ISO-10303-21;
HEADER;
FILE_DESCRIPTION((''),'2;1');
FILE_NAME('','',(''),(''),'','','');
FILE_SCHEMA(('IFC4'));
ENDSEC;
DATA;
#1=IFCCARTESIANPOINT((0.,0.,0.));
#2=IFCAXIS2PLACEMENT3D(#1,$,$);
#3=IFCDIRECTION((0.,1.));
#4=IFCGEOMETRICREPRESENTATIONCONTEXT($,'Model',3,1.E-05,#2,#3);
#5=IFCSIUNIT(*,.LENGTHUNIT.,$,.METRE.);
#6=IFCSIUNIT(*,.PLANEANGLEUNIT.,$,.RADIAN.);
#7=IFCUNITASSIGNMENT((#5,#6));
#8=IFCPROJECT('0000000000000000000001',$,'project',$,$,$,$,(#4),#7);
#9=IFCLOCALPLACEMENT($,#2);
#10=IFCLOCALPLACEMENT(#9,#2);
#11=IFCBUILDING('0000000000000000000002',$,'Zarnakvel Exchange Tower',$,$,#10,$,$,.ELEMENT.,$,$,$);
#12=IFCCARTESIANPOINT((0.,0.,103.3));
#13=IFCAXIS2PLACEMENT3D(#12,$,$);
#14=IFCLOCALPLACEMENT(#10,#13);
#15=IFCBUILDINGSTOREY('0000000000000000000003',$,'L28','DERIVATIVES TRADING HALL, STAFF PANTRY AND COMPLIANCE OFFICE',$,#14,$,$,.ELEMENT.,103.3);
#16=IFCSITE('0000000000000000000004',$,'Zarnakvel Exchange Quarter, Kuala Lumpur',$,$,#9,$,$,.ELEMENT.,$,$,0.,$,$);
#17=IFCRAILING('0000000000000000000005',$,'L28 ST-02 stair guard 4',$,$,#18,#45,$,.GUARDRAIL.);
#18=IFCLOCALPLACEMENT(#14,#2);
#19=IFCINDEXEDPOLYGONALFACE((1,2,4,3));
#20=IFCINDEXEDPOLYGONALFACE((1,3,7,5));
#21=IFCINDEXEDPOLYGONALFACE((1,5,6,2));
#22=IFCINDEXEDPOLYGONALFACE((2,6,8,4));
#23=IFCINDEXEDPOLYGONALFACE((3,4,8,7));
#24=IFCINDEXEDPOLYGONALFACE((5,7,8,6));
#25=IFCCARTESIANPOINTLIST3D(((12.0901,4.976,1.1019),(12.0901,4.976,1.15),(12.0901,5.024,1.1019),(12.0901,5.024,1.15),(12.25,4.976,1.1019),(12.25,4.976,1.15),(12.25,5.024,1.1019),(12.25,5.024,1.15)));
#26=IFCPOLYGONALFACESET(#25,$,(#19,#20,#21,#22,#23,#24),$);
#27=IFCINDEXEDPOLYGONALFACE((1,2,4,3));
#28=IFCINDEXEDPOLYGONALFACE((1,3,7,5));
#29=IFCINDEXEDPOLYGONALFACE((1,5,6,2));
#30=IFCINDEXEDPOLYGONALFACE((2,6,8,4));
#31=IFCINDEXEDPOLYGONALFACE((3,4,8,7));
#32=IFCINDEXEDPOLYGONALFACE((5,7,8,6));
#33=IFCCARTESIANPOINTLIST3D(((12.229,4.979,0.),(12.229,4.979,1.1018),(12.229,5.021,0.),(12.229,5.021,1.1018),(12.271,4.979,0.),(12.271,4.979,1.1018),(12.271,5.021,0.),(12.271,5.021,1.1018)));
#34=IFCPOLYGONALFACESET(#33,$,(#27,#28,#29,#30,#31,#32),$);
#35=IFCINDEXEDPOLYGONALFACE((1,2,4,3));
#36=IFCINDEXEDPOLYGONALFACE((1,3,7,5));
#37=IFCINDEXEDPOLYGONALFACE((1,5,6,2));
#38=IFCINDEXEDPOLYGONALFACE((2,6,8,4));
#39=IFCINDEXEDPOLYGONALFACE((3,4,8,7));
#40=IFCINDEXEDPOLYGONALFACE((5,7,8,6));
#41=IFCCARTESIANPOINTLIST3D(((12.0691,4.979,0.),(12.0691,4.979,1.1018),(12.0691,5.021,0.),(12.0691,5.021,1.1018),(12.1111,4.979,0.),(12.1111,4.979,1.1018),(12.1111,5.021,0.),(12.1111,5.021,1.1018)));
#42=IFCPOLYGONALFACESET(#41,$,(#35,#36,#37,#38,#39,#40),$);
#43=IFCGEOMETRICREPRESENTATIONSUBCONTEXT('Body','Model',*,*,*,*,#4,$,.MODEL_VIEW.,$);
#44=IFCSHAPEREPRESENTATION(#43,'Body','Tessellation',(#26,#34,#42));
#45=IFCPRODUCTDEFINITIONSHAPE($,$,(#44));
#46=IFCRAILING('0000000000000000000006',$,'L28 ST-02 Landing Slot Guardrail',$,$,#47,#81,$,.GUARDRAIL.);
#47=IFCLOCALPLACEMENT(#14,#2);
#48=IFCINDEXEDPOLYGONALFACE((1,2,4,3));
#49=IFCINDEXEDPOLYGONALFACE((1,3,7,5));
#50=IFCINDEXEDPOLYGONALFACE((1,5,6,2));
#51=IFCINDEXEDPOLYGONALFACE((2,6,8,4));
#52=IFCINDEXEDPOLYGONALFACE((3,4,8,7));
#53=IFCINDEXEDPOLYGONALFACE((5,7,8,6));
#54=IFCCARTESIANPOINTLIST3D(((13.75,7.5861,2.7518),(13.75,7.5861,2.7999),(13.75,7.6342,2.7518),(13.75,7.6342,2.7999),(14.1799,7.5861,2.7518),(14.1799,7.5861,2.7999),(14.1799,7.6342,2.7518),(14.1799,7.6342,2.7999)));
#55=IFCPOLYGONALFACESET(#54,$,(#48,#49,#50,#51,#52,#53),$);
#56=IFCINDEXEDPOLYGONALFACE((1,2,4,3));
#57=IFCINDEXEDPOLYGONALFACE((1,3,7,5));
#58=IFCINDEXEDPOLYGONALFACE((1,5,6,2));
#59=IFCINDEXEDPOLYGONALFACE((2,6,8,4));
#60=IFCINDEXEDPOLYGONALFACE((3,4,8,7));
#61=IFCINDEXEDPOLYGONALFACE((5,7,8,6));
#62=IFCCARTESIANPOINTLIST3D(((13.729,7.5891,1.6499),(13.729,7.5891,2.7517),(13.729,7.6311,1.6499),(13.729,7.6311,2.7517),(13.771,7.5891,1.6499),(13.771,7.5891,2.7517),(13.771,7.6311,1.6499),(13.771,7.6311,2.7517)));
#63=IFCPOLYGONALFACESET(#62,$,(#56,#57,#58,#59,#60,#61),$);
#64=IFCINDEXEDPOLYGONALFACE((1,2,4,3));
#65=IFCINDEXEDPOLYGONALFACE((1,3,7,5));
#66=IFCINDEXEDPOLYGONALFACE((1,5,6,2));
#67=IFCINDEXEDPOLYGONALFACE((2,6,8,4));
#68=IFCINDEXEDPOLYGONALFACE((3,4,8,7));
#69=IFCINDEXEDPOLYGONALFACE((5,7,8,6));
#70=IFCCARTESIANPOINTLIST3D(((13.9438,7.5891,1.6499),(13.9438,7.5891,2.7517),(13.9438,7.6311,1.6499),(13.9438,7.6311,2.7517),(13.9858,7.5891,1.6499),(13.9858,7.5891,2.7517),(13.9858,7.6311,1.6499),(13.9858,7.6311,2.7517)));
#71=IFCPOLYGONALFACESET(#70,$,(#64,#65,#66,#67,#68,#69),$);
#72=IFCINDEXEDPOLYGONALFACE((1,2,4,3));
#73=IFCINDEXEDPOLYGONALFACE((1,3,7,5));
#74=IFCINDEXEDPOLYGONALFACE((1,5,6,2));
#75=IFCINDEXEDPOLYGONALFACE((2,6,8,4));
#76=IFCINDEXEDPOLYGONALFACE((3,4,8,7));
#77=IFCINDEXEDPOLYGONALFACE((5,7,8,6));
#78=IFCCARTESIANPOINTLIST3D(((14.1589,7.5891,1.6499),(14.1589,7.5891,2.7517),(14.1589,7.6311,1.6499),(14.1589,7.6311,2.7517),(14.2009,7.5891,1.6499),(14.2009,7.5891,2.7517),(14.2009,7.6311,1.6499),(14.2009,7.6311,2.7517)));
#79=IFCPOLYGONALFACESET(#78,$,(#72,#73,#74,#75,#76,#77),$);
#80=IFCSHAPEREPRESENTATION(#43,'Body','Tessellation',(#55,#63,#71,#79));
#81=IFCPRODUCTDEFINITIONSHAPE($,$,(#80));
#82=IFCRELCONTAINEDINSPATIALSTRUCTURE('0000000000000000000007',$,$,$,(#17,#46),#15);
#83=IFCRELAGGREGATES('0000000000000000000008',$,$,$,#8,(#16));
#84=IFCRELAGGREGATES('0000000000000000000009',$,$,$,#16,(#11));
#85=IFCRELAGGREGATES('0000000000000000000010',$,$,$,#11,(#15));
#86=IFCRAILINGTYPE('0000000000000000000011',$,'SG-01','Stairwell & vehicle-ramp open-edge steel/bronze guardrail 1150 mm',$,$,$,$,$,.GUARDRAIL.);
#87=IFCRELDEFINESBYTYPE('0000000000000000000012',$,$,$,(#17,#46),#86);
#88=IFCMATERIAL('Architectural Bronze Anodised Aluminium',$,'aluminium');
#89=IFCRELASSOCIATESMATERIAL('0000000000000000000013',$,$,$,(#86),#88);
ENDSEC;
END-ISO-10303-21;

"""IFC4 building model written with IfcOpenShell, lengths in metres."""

from ifc_helpers import new_model, si_unit, direction, frame, origin, origin_2d, place, context, subcontext, project, spatial, rectangle, extrude, material, type_object, element, save


model = new_model("IFC4")

# Units and contexts
model_context = context("Model", 3, precision=1e-05, world=origin(), true_north=direction((0.0, 1.0)))
body_context = subcontext(model_context, "Body", "Model", "MODEL_VIEW")
ifc_project = project(units=[si_unit("LENGTHUNIT", "METRE"), si_unit("PLANEANGLEUNIT", "RADIAN")], contexts=[model_context])

# Site, building, storey
site_placement = place(None, origin())
site = spatial("IfcSite", under=ifc_project, at=site_placement, Name="Zarnakvel Exchange Quarter, Kuala Lumpur", CompositionType="ELEMENT", RefElevation=0.0)
building_placement = place(site_placement, origin())
building = spatial("IfcBuilding", under=site, at=building_placement, Name="Zarnakvel Exchange Tower", CompositionType="ELEMENT")
storey_placement = place(building_placement, frame((0.0, 0.0, 103.3)))
storey = spatial("IfcBuildingStorey", under=building, at=storey_placement, Name="L28", Description="DERIVATIVES TRADING HALL, STAFF PANTRY AND COMPLIANCE OFFICE", CompositionType="ELEMENT", Elevation=103.3)

# Shared definitions
ifc_material_1 = material(Name="Architectural Bronze Anodised Aluminium", Category="aluminium")

# Railings
railing_type_1 = type_object("IfcRailingType", Name="SG-01", Description="Stairwell & vehicle-ramp open-edge steel/bronze guardrail 1150 mm", PredefinedType="GUARDRAIL", material=ifc_material_1)
railing_1_placement = place(storey_placement, frame((12.25, 5.0, 0.0)))
element("IfcRailing", 1, at=railing_1_placement, inside=storey, type_object=railing_type_1, Name="L28 ST-02 stair guard 4", PredefinedType="GUARDRAIL", context=body_context, shape_type="SweptSolid", body=[
    extrude(rectangle(XDim=0.0481, YDim=0.0481, at=origin_2d()), frame((0.0, 0.0, 1.126), z_axis=(-1.0, 0.0, 0.0), x_axis=(0.0, -1.0, 0.0)), (0.0, 0.0, 1.0), 0.1599),
    extrude(rectangle(XDim=0.042, YDim=0.042, at=origin_2d()), origin(), (0.0, 0.0, 1.0), 1.1018),
    extrude(rectangle(XDim=0.042, YDim=0.042, at=origin_2d()), frame((-0.1599, 0.0, 0.0)), (0.0, 0.0, 1.0), 1.1018),
])
railing_2_placement = place(storey_placement, frame((13.75, 7.6101, 1.6499)))
element("IfcRailing", 2, at=railing_2_placement, inside=storey, type_object=railing_type_1, Name="L28 ST-02 Landing Slot Guardrail", PredefinedType="GUARDRAIL", context=body_context, shape_type="SweptSolid", body=[
    extrude(rectangle(XDim=0.0481, YDim=0.0481, at=origin_2d()), frame((0.0, 0.0, 1.126), z_axis=(1.0, 0.0, 0.0), x_axis=(0.0, 1.0, 0.0)), (0.0, 0.0, 1.0), 0.4299),
    extrude(rectangle(XDim=0.042, YDim=0.042, at=origin_2d()), origin(), (0.0, 0.0, 1.0), 1.1018),
    extrude(rectangle(XDim=0.042, YDim=0.042, at=origin_2d()), frame((0.2148, 0.0, 0.0)), (0.0, 0.0, 1.0), 1.1018),
    extrude(rectangle(XDim=0.042, YDim=0.042, at=origin_2d()), frame((0.4299, 0.0, 0.0)), (0.0, 0.0, 1.0), 1.1018),
])

save(model, "model.ifc")
